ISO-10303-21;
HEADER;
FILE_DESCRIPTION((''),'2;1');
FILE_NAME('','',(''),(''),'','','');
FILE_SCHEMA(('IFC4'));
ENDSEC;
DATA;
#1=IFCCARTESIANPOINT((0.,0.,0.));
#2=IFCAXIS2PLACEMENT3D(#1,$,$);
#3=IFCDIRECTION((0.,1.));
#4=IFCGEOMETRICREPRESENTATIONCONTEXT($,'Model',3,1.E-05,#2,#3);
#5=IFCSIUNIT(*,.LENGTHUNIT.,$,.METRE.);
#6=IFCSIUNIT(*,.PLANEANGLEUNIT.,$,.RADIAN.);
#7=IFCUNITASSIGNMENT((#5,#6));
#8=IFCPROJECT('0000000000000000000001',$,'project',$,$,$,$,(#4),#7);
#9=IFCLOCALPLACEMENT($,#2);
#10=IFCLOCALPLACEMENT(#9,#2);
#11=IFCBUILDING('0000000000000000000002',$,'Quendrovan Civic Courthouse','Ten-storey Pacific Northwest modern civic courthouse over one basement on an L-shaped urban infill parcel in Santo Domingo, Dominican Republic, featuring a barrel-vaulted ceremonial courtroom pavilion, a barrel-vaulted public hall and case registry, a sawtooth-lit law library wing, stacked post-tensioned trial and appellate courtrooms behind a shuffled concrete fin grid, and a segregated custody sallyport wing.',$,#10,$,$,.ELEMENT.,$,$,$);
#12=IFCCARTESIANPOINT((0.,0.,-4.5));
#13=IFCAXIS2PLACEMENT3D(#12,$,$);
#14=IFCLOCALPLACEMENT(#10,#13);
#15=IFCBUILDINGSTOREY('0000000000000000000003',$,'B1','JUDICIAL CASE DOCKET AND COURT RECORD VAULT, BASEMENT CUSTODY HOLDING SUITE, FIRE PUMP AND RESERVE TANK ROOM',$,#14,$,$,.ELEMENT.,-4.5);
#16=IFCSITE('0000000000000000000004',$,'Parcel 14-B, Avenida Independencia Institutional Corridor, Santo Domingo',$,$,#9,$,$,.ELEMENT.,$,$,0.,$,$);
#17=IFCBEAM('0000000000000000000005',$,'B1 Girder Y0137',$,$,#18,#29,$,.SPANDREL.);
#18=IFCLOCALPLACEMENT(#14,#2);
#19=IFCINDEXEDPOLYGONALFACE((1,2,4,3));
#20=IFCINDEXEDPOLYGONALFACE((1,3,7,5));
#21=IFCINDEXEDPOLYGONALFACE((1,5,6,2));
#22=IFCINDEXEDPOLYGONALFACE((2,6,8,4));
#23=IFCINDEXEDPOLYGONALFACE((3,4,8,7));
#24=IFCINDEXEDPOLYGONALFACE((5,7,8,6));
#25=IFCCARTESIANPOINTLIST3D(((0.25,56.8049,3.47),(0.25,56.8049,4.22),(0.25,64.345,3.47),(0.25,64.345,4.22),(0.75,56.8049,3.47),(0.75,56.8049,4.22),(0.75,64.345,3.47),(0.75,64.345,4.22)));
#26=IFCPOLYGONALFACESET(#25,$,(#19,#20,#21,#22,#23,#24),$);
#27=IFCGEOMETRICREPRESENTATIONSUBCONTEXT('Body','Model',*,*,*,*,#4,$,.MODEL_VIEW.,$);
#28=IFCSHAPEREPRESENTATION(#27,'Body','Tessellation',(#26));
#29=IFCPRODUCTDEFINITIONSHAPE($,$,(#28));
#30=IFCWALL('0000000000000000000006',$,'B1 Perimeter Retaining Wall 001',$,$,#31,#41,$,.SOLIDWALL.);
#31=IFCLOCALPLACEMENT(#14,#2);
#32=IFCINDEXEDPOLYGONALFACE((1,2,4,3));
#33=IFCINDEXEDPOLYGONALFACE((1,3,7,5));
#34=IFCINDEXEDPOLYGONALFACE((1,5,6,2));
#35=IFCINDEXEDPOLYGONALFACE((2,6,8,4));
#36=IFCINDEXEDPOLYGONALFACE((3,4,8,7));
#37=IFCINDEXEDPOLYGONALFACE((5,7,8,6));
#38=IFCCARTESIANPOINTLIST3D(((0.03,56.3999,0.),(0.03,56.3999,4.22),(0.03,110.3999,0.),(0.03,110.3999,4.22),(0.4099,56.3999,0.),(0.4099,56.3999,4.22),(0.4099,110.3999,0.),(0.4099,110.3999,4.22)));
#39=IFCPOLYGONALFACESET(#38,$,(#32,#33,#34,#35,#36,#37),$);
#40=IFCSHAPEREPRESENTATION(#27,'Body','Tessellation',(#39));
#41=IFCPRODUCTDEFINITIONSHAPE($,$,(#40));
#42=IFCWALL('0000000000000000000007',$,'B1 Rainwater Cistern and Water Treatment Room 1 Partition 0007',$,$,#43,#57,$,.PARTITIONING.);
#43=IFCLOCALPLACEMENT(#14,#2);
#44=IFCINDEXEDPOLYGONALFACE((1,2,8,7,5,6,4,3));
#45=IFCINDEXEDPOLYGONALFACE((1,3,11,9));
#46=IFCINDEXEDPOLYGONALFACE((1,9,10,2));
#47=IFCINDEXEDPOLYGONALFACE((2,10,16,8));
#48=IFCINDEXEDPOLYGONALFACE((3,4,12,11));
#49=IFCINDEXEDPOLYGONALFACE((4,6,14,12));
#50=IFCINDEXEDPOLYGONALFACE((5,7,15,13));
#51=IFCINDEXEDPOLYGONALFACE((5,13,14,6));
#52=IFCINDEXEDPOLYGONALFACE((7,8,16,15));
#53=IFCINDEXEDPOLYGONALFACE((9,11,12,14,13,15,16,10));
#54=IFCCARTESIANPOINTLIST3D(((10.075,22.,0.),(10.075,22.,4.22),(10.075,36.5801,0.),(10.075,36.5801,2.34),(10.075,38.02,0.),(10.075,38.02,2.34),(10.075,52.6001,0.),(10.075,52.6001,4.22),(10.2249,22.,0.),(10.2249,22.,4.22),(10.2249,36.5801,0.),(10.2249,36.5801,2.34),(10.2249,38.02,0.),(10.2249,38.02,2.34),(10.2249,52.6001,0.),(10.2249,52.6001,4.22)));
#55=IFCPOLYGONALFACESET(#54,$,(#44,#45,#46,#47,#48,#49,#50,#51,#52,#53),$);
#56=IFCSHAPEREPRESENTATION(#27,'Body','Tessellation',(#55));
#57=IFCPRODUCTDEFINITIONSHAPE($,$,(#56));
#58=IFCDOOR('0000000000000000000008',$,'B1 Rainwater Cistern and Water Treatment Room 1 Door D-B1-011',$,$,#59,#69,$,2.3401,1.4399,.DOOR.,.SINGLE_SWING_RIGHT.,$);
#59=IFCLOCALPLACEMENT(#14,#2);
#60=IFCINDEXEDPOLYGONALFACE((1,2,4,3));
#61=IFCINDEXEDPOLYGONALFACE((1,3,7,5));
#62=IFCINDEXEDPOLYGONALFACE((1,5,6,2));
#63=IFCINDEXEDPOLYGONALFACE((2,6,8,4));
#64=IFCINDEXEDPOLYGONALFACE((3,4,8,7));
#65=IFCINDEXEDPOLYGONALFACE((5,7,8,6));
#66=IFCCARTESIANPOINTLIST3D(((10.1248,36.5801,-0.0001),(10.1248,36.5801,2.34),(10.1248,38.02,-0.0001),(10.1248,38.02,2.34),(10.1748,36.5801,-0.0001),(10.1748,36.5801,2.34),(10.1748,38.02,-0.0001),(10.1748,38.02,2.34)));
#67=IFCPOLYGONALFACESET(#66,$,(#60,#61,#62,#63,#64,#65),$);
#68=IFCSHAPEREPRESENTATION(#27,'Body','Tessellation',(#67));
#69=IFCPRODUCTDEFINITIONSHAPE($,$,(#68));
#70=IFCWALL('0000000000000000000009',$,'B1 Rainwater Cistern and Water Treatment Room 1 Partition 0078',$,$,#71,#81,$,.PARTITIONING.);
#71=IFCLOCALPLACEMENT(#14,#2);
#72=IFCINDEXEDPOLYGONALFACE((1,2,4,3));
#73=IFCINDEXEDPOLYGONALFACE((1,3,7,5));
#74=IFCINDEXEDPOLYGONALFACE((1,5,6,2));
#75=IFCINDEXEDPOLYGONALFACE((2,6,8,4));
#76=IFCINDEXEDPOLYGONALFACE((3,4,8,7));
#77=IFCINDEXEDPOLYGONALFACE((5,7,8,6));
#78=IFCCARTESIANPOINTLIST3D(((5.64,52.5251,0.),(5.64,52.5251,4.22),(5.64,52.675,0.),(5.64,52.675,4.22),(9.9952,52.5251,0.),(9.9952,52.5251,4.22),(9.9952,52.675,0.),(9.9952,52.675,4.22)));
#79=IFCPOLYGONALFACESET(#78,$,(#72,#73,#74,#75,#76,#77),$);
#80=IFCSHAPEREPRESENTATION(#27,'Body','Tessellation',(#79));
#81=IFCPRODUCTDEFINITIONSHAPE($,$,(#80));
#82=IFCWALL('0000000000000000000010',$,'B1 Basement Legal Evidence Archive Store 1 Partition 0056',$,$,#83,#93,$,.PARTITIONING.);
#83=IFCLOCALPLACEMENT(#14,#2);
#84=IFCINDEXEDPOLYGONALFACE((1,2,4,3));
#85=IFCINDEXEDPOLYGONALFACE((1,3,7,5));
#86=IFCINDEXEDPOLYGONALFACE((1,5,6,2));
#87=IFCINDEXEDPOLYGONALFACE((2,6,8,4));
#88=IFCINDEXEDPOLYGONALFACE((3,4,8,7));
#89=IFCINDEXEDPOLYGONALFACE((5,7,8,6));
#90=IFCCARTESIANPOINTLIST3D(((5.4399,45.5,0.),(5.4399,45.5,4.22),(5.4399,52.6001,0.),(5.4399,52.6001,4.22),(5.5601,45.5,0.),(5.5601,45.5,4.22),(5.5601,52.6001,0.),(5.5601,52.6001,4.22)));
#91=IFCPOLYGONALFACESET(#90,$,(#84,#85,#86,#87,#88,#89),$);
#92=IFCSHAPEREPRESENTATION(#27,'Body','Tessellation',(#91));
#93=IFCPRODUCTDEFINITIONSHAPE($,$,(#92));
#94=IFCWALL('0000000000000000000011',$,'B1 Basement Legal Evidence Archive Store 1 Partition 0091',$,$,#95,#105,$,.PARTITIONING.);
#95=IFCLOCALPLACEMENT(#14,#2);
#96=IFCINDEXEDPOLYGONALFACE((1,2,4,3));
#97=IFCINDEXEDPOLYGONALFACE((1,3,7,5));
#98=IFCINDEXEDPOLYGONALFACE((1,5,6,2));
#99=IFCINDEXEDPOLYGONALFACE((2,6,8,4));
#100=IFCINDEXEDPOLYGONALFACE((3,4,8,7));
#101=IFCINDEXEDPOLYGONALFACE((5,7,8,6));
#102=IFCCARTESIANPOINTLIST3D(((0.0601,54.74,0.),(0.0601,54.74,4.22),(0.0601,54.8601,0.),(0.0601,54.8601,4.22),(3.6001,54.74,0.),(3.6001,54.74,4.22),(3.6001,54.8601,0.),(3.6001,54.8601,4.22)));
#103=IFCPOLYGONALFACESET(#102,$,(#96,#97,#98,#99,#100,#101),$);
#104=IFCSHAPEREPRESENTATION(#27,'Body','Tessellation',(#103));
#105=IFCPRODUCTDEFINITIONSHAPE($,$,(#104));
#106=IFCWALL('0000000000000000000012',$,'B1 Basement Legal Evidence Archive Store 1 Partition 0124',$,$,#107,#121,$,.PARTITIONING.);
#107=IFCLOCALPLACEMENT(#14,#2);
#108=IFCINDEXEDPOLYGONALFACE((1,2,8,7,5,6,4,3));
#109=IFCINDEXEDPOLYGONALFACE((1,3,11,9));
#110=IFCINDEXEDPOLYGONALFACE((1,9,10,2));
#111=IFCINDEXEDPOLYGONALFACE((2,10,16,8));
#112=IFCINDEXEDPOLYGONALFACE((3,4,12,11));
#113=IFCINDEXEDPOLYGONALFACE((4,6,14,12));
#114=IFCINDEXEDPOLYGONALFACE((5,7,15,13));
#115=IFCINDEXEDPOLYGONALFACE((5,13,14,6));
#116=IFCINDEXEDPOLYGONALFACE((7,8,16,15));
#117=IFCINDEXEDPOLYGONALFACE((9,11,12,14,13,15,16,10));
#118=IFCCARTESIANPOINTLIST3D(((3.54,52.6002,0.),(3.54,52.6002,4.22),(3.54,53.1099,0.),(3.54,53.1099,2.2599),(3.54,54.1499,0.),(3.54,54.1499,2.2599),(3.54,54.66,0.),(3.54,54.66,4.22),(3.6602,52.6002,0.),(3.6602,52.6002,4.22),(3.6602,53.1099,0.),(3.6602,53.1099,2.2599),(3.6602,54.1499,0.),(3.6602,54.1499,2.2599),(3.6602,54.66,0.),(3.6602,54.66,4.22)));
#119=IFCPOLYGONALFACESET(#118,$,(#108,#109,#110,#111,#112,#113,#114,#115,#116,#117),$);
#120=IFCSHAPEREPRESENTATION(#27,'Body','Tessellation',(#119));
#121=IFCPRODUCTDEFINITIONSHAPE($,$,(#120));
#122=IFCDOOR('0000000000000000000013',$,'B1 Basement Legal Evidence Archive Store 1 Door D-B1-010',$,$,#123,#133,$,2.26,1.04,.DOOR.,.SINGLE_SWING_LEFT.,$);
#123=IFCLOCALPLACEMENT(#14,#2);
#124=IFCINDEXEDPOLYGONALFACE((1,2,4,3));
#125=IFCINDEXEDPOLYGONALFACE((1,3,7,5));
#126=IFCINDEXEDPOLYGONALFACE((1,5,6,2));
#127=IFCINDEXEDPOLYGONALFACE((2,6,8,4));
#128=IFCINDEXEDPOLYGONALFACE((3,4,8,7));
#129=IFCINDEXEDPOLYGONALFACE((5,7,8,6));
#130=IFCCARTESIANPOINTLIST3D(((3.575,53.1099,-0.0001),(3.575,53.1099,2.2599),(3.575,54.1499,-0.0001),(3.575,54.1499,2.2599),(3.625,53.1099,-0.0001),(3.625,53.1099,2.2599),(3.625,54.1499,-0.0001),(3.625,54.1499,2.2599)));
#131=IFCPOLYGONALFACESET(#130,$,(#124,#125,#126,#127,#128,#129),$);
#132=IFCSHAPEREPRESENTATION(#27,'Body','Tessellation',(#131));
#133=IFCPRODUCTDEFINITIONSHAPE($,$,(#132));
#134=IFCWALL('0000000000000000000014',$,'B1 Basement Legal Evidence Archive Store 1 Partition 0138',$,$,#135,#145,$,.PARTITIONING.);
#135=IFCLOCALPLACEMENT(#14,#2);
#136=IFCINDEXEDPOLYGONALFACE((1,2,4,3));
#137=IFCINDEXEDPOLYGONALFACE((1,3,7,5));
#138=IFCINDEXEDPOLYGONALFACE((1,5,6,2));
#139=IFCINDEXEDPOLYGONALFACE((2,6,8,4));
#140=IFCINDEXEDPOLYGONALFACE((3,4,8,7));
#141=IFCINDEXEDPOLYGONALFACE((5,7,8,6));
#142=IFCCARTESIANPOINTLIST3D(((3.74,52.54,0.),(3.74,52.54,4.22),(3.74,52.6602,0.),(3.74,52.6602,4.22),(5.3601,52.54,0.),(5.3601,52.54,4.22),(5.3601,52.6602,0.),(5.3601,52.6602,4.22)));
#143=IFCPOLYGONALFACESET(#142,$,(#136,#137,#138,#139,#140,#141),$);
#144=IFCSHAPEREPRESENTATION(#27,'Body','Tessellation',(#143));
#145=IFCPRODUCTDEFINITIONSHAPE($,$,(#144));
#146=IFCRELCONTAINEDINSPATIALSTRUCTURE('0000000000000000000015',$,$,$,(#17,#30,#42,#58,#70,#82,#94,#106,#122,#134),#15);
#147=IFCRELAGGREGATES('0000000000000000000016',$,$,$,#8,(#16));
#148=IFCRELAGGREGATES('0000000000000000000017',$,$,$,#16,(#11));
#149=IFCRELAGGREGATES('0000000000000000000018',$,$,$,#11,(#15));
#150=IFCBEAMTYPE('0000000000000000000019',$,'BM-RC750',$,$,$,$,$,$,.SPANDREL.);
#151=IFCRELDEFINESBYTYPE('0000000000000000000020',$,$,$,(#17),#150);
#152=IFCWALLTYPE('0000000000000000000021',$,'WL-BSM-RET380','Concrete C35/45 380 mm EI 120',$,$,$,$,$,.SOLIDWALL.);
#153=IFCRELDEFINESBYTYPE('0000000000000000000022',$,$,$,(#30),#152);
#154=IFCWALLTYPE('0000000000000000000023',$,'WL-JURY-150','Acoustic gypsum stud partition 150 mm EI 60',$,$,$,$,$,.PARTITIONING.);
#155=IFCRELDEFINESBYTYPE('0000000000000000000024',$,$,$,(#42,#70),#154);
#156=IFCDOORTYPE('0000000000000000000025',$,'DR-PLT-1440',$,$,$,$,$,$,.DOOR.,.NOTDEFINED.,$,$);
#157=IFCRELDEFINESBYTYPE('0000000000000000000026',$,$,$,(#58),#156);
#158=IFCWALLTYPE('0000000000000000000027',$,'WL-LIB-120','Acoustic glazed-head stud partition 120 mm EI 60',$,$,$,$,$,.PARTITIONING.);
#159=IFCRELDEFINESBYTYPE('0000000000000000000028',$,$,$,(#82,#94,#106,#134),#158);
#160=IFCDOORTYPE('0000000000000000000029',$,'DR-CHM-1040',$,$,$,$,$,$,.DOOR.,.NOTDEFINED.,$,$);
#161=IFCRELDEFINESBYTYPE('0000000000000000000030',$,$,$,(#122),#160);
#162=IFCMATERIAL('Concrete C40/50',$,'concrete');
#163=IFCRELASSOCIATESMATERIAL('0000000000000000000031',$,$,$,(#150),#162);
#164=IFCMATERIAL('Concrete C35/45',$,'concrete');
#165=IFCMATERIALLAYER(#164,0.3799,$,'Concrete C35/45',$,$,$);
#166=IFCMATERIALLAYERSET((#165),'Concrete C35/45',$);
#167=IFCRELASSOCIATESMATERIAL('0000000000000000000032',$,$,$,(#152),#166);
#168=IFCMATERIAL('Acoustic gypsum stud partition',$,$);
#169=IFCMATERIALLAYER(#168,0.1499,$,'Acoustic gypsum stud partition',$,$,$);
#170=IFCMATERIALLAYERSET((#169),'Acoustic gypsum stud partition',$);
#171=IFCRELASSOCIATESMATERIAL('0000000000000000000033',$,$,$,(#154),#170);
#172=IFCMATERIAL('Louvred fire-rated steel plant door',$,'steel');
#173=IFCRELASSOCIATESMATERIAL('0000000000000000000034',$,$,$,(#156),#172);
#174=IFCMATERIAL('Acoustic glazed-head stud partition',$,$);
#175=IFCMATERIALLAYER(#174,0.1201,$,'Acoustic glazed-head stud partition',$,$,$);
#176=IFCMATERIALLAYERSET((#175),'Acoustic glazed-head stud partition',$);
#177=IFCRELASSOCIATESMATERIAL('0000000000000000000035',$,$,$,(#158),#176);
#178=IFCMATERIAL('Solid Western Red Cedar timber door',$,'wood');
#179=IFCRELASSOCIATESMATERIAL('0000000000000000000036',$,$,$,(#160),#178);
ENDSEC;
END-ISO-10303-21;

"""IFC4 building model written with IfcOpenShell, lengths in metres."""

from ifc_helpers import new_model, si_unit, direction, frame, frame_2d, origin, origin_2d, place, context, subcontext, project, spatial, rectangle, extrude, material, layer, layer_set, material_profile, profile_set, type_object, element, fill, save


model = new_model("IFC4")

# Units and contexts
model_context = context("Model", 3, precision=1e-05, world=origin(), true_north=direction((0.0, 1.0)))
body_context = subcontext(model_context, "Body", "Model", "MODEL_VIEW")
ifc_project = project(units=[si_unit("LENGTHUNIT", "METRE"), si_unit("PLANEANGLEUNIT", "RADIAN")], contexts=[model_context])

# Site, building, storey
site_placement = place(None, origin())
site = spatial("IfcSite", under=ifc_project, at=site_placement, Name="Parcel 14-B, Avenida Independencia Institutional Corridor, Santo Domingo", CompositionType="ELEMENT", RefElevation=0.0)
building_placement = place(site_placement, origin())
building = spatial("IfcBuilding", under=site, at=building_placement, Name="Quendrovan Civic Courthouse", Description="Ten-storey Pacific Northwest modern civic courthouse over one basement on an L-shaped urban infill parcel in Santo Domingo, Dominican Republic, featuring a barrel-vaulted ceremonial courtroom pavilion, a barrel-vaulted public hall and case registry, a sawtooth-lit law library wing, stacked post-tensioned trial and appellate courtrooms behind a shuffled concrete fin grid, and a segregated custody sallyport wing.", CompositionType="ELEMENT")
storey_placement = place(building_placement, frame((0.0, 0.0, -4.5)))
storey = spatial("IfcBuildingStorey", under=building, at=storey_placement, Name="B1", Description="JUDICIAL CASE DOCKET AND COURT RECORD VAULT, BASEMENT CUSTODY HOLDING SUITE, FIRE PUMP AND RESERVE TANK ROOM", CompositionType="ELEMENT", Elevation=-4.5)

# Shared definitions
ifc_material_1 = material(Name="Concrete C35/45", Category="concrete")

# Beam
ifc_material_2 = material(Name="Concrete C40/50", Category="concrete")
ifc_material_profile_1 = material_profile(ifc_material_2, rectangle(XDim=0.5, YDim=0.75, at=origin_2d()), Name="RC-BM-500x750")
ifc_profile_set_1 = profile_set([ifc_material_profile_1], Name="Concrete C40/50")
beam_type_1 = type_object("IfcBeamType", Name="BM-RC750", PredefinedType="SPANDREL", material=ifc_profile_set_1)
beam_1_placement = place(storey_placement, frame((0.5, 56.8049, 3.845), z_axis=(0.0, 1.0, 0.0), x_axis=(-1.0, 0.0, 0.0)))
element("IfcBeam", 1, at=beam_1_placement, inside=storey, type_object=beam_type_1, Name="B1 Girder Y0137", PredefinedType="SPANDREL", context=body_context, shape_type="SweptSolid", body=[
    extrude(rectangle(XDim=0.5, YDim=0.75, at=origin_2d()), origin(), (0.0, 0.0, 1.0), 7.54),
])

# Wall
ifc_layer_1 = layer(ifc_material_1, 0.3799, Name="Concrete C35/45")
ifc_layer_set_1 = layer_set([ifc_layer_1], Name="Concrete C35/45")
wall_type_1 = type_object("IfcWallType", Name="WL-BSM-RET380", Description="Concrete C35/45 380 mm EI 120", PredefinedType="SOLIDWALL", material=ifc_layer_set_1)
wall_1_placement = place(storey_placement, frame((0.22, 56.3999, 0.0), z_axis=(0.0, 0.0, 1.0), x_axis=(0.0, 1.0, 0.0)))
element("IfcWall", 2, at=wall_1_placement, inside=storey, type_object=wall_type_1, Name="B1 Perimeter Retaining Wall 001", PredefinedType="SOLIDWALL", context=body_context, shape_type="SweptSolid", body=[
    extrude(rectangle(XDim=54.0, YDim=0.3799, at=frame_2d((27.0, 0.0))), origin(), (0.0, 0.0, 1.0), 4.22),
])

# Wall, opening, door
ifc_material_3 = material(Name="Acoustic gypsum stud partition")
ifc_layer_2 = layer(ifc_material_3, 0.1499, Name="Acoustic gypsum stud partition")
ifc_layer_set_2 = layer_set([ifc_layer_2], Name="Acoustic gypsum stud partition")
wall_type_2 = type_object("IfcWallType", Name="WL-JURY-150", Description="Acoustic gypsum stud partition 150 mm EI 60", PredefinedType="PARTITIONING", material=ifc_layer_set_2)
wall_2_placement = place(storey_placement, frame((10.1499, 52.6001, 0.0), z_axis=(0.0, 0.0, 1.0), x_axis=(0.0, -1.0, 0.0)))
wall_2 = element("IfcWall", 3, at=wall_2_placement, inside=storey, type_object=wall_type_2, Name="B1 Rainwater Cistern and Water Treatment Room 1 Partition 0007", PredefinedType="PARTITIONING", context=body_context, shape_type="SweptSolid", body=[
    extrude(rectangle(XDim=30.6001, YDim=0.1499, at=frame_2d((15.3, 0.0))), origin(), (0.0, 0.0, 1.0), 4.22),
])
opening_1_placement = place(wall_2_placement, frame((14.5801, 0.0, 0.0)))
opening_1 = element("IfcOpeningElement", 4, at=opening_1_placement, cuts=wall_2, PredefinedType="OPENING", context=body_context, shape_type="SweptSolid", body=[
    extrude(rectangle(XDim=1.4399, YDim=2.3401, at=frame_2d((0.72, 1.1699))), frame((0.0, 0.085, 0.0), z_axis=(0.0, -1.0, 0.0), x_axis=(1.0, 0.0, 0.0)), (0.0, 0.0, 1.0), 0.1699),
])
ifc_material_4 = material(Name="Louvred fire-rated steel plant door", Category="steel")
door_type_1 = type_object("IfcDoorType", Name="DR-PLT-1440", OperationType="NOTDEFINED", PredefinedType="DOOR", material=ifc_material_4)
door_1_placement = place(opening_1_placement, origin())
door_1 = element("IfcDoor", 5, at=door_1_placement, inside=storey, type_object=door_type_1, Name="B1 Rainwater Cistern and Water Treatment Room 1 Door D-B1-011", OperationType="SINGLE_SWING_RIGHT", OverallHeight=2.3401, OverallWidth=1.4399, PredefinedType="DOOR", context=body_context, shape_type="SweptSolid", body=[
    extrude(rectangle(XDim=1.4399, YDim=2.3401, at=frame_2d((0.72, 1.1699))), frame((0.0, 0.0249, 0.0), z_axis=(0.0, -1.0, 0.0), x_axis=(1.0, 0.0, 0.0)), (0.0, 0.0, 1.0), 0.05),
])
fill(opening_1, door_1)

# Walls
wall_3_placement = place(storey_placement, frame((5.6399, 52.6001, 0.0), z_axis=(0.0, 0.0, 1.0), x_axis=(1.0, 0.0, 0.0)))
element("IfcWall", 6, at=wall_3_placement, inside=storey, type_object=wall_type_2, Name="B1 Rainwater Cistern and Water Treatment Room 1 Partition 0078", PredefinedType="PARTITIONING", context=body_context, shape_type="SweptSolid", body=[
    extrude(rectangle(XDim=4.3552, YDim=0.1499, at=frame_2d((2.1777, 0.0))), origin(), (0.0, 0.0, 1.0), 4.22),
])
ifc_material_5 = material(Name="Acoustic glazed-head stud partition")
ifc_layer_3 = layer(ifc_material_5, 0.1201, Name="Acoustic glazed-head stud partition")
ifc_layer_set_3 = layer_set([ifc_layer_3], Name="Acoustic glazed-head stud partition")
wall_type_3 = type_object("IfcWallType", Name="WL-LIB-120", Description="Acoustic glazed-head stud partition 120 mm EI 60", PredefinedType="PARTITIONING", material=ifc_layer_set_3)
wall_4_placement = place(storey_placement, frame((5.5, 52.6001, 0.0), z_axis=(0.0, 0.0, 1.0), x_axis=(0.0, -1.0, 0.0)))
element("IfcWall", 7, at=wall_4_placement, inside=storey, type_object=wall_type_3, Name="B1 Basement Legal Evidence Archive Store 1 Partition 0056", PredefinedType="PARTITIONING", context=body_context, shape_type="SweptSolid", body=[
    extrude(rectangle(XDim=7.1001, YDim=0.1201, at=frame_2d((3.55, 0.0))), origin(), (0.0, 0.0, 1.0), 4.22),
])
wall_5_placement = place(storey_placement, frame((0.0601, 54.8, 0.0), z_axis=(0.0, 0.0, 1.0), x_axis=(1.0, 0.0, 0.0)))
element("IfcWall", 8, at=wall_5_placement, inside=storey, type_object=wall_type_3, Name="B1 Basement Legal Evidence Archive Store 1 Partition 0091", PredefinedType="PARTITIONING", context=body_context, shape_type="SweptSolid", body=[
    extrude(rectangle(XDim=3.54, YDim=0.1201, at=frame_2d((1.77, 0.0))), origin(), (0.0, 0.0, 1.0), 4.22),
])

# Wall, opening, door
wall_6_placement = place(storey_placement, frame((3.6001, 54.6599, 0.0), z_axis=(0.0, 0.0, 1.0), x_axis=(0.0, -1.0, 0.0)))
wall_6 = element("IfcWall", 9, at=wall_6_placement, inside=storey, type_object=wall_type_3, Name="B1 Basement Legal Evidence Archive Store 1 Partition 0124", PredefinedType="PARTITIONING", context=body_context, shape_type="SweptSolid", body=[
    extrude(rectangle(XDim=2.0598, YDim=0.1201, at=frame_2d((1.0298, 0.0))), origin(), (0.0, 0.0, 1.0), 4.22),
])
opening_2_placement = place(wall_6_placement, frame((0.51, 0.0, 0.0)))
opening_2 = element("IfcOpeningElement", 10, at=opening_2_placement, cuts=wall_6, PredefinedType="OPENING", context=body_context, shape_type="SweptSolid", body=[
    extrude(rectangle(XDim=1.04, YDim=2.26, at=frame_2d((0.52, 1.1299))), frame((0.0, 0.0701, 0.0), z_axis=(0.0, -1.0, 0.0), x_axis=(1.0, 0.0, 0.0)), (0.0, 0.0, 1.0), 0.1401),
])
ifc_material_6 = material(Name="Solid Western Red Cedar timber door", Category="wood")
door_type_2 = type_object("IfcDoorType", Name="DR-CHM-1040", OperationType="NOTDEFINED", PredefinedType="DOOR", material=ifc_material_6)
door_2_placement = place(opening_2_placement, origin())
door_2 = element("IfcDoor", 11, at=door_2_placement, inside=storey, type_object=door_type_2, Name="B1 Basement Legal Evidence Archive Store 1 Door D-B1-010", OperationType="SINGLE_SWING_LEFT", OverallHeight=2.26, OverallWidth=1.04, PredefinedType="DOOR", context=body_context, shape_type="SweptSolid", body=[
    extrude(rectangle(XDim=1.04, YDim=2.26, at=frame_2d((0.52, 1.1299))), frame((0.0, 0.0249, 0.0), z_axis=(0.0, -1.0, 0.0), x_axis=(1.0, 0.0, 0.0)), (0.0, 0.0, 1.0), 0.05),
])
fill(opening_2, door_2)

# Wall
wall_7_placement = place(storey_placement, frame((3.74, 52.6001, 0.0), z_axis=(0.0, 0.0, 1.0), x_axis=(1.0, 0.0, 0.0)))
element("IfcWall", 12, at=wall_7_placement, inside=storey, type_object=wall_type_3, Name="B1 Basement Legal Evidence Archive Store 1 Partition 0138", PredefinedType="PARTITIONING", context=body_context, shape_type="SweptSolid", body=[
    extrude(rectangle(XDim=1.6201, YDim=0.1201, at=frame_2d((0.8101, 0.0))), origin(), (0.0, 0.0, 1.0), 4.22),
])

save(model, "model.ifc")
